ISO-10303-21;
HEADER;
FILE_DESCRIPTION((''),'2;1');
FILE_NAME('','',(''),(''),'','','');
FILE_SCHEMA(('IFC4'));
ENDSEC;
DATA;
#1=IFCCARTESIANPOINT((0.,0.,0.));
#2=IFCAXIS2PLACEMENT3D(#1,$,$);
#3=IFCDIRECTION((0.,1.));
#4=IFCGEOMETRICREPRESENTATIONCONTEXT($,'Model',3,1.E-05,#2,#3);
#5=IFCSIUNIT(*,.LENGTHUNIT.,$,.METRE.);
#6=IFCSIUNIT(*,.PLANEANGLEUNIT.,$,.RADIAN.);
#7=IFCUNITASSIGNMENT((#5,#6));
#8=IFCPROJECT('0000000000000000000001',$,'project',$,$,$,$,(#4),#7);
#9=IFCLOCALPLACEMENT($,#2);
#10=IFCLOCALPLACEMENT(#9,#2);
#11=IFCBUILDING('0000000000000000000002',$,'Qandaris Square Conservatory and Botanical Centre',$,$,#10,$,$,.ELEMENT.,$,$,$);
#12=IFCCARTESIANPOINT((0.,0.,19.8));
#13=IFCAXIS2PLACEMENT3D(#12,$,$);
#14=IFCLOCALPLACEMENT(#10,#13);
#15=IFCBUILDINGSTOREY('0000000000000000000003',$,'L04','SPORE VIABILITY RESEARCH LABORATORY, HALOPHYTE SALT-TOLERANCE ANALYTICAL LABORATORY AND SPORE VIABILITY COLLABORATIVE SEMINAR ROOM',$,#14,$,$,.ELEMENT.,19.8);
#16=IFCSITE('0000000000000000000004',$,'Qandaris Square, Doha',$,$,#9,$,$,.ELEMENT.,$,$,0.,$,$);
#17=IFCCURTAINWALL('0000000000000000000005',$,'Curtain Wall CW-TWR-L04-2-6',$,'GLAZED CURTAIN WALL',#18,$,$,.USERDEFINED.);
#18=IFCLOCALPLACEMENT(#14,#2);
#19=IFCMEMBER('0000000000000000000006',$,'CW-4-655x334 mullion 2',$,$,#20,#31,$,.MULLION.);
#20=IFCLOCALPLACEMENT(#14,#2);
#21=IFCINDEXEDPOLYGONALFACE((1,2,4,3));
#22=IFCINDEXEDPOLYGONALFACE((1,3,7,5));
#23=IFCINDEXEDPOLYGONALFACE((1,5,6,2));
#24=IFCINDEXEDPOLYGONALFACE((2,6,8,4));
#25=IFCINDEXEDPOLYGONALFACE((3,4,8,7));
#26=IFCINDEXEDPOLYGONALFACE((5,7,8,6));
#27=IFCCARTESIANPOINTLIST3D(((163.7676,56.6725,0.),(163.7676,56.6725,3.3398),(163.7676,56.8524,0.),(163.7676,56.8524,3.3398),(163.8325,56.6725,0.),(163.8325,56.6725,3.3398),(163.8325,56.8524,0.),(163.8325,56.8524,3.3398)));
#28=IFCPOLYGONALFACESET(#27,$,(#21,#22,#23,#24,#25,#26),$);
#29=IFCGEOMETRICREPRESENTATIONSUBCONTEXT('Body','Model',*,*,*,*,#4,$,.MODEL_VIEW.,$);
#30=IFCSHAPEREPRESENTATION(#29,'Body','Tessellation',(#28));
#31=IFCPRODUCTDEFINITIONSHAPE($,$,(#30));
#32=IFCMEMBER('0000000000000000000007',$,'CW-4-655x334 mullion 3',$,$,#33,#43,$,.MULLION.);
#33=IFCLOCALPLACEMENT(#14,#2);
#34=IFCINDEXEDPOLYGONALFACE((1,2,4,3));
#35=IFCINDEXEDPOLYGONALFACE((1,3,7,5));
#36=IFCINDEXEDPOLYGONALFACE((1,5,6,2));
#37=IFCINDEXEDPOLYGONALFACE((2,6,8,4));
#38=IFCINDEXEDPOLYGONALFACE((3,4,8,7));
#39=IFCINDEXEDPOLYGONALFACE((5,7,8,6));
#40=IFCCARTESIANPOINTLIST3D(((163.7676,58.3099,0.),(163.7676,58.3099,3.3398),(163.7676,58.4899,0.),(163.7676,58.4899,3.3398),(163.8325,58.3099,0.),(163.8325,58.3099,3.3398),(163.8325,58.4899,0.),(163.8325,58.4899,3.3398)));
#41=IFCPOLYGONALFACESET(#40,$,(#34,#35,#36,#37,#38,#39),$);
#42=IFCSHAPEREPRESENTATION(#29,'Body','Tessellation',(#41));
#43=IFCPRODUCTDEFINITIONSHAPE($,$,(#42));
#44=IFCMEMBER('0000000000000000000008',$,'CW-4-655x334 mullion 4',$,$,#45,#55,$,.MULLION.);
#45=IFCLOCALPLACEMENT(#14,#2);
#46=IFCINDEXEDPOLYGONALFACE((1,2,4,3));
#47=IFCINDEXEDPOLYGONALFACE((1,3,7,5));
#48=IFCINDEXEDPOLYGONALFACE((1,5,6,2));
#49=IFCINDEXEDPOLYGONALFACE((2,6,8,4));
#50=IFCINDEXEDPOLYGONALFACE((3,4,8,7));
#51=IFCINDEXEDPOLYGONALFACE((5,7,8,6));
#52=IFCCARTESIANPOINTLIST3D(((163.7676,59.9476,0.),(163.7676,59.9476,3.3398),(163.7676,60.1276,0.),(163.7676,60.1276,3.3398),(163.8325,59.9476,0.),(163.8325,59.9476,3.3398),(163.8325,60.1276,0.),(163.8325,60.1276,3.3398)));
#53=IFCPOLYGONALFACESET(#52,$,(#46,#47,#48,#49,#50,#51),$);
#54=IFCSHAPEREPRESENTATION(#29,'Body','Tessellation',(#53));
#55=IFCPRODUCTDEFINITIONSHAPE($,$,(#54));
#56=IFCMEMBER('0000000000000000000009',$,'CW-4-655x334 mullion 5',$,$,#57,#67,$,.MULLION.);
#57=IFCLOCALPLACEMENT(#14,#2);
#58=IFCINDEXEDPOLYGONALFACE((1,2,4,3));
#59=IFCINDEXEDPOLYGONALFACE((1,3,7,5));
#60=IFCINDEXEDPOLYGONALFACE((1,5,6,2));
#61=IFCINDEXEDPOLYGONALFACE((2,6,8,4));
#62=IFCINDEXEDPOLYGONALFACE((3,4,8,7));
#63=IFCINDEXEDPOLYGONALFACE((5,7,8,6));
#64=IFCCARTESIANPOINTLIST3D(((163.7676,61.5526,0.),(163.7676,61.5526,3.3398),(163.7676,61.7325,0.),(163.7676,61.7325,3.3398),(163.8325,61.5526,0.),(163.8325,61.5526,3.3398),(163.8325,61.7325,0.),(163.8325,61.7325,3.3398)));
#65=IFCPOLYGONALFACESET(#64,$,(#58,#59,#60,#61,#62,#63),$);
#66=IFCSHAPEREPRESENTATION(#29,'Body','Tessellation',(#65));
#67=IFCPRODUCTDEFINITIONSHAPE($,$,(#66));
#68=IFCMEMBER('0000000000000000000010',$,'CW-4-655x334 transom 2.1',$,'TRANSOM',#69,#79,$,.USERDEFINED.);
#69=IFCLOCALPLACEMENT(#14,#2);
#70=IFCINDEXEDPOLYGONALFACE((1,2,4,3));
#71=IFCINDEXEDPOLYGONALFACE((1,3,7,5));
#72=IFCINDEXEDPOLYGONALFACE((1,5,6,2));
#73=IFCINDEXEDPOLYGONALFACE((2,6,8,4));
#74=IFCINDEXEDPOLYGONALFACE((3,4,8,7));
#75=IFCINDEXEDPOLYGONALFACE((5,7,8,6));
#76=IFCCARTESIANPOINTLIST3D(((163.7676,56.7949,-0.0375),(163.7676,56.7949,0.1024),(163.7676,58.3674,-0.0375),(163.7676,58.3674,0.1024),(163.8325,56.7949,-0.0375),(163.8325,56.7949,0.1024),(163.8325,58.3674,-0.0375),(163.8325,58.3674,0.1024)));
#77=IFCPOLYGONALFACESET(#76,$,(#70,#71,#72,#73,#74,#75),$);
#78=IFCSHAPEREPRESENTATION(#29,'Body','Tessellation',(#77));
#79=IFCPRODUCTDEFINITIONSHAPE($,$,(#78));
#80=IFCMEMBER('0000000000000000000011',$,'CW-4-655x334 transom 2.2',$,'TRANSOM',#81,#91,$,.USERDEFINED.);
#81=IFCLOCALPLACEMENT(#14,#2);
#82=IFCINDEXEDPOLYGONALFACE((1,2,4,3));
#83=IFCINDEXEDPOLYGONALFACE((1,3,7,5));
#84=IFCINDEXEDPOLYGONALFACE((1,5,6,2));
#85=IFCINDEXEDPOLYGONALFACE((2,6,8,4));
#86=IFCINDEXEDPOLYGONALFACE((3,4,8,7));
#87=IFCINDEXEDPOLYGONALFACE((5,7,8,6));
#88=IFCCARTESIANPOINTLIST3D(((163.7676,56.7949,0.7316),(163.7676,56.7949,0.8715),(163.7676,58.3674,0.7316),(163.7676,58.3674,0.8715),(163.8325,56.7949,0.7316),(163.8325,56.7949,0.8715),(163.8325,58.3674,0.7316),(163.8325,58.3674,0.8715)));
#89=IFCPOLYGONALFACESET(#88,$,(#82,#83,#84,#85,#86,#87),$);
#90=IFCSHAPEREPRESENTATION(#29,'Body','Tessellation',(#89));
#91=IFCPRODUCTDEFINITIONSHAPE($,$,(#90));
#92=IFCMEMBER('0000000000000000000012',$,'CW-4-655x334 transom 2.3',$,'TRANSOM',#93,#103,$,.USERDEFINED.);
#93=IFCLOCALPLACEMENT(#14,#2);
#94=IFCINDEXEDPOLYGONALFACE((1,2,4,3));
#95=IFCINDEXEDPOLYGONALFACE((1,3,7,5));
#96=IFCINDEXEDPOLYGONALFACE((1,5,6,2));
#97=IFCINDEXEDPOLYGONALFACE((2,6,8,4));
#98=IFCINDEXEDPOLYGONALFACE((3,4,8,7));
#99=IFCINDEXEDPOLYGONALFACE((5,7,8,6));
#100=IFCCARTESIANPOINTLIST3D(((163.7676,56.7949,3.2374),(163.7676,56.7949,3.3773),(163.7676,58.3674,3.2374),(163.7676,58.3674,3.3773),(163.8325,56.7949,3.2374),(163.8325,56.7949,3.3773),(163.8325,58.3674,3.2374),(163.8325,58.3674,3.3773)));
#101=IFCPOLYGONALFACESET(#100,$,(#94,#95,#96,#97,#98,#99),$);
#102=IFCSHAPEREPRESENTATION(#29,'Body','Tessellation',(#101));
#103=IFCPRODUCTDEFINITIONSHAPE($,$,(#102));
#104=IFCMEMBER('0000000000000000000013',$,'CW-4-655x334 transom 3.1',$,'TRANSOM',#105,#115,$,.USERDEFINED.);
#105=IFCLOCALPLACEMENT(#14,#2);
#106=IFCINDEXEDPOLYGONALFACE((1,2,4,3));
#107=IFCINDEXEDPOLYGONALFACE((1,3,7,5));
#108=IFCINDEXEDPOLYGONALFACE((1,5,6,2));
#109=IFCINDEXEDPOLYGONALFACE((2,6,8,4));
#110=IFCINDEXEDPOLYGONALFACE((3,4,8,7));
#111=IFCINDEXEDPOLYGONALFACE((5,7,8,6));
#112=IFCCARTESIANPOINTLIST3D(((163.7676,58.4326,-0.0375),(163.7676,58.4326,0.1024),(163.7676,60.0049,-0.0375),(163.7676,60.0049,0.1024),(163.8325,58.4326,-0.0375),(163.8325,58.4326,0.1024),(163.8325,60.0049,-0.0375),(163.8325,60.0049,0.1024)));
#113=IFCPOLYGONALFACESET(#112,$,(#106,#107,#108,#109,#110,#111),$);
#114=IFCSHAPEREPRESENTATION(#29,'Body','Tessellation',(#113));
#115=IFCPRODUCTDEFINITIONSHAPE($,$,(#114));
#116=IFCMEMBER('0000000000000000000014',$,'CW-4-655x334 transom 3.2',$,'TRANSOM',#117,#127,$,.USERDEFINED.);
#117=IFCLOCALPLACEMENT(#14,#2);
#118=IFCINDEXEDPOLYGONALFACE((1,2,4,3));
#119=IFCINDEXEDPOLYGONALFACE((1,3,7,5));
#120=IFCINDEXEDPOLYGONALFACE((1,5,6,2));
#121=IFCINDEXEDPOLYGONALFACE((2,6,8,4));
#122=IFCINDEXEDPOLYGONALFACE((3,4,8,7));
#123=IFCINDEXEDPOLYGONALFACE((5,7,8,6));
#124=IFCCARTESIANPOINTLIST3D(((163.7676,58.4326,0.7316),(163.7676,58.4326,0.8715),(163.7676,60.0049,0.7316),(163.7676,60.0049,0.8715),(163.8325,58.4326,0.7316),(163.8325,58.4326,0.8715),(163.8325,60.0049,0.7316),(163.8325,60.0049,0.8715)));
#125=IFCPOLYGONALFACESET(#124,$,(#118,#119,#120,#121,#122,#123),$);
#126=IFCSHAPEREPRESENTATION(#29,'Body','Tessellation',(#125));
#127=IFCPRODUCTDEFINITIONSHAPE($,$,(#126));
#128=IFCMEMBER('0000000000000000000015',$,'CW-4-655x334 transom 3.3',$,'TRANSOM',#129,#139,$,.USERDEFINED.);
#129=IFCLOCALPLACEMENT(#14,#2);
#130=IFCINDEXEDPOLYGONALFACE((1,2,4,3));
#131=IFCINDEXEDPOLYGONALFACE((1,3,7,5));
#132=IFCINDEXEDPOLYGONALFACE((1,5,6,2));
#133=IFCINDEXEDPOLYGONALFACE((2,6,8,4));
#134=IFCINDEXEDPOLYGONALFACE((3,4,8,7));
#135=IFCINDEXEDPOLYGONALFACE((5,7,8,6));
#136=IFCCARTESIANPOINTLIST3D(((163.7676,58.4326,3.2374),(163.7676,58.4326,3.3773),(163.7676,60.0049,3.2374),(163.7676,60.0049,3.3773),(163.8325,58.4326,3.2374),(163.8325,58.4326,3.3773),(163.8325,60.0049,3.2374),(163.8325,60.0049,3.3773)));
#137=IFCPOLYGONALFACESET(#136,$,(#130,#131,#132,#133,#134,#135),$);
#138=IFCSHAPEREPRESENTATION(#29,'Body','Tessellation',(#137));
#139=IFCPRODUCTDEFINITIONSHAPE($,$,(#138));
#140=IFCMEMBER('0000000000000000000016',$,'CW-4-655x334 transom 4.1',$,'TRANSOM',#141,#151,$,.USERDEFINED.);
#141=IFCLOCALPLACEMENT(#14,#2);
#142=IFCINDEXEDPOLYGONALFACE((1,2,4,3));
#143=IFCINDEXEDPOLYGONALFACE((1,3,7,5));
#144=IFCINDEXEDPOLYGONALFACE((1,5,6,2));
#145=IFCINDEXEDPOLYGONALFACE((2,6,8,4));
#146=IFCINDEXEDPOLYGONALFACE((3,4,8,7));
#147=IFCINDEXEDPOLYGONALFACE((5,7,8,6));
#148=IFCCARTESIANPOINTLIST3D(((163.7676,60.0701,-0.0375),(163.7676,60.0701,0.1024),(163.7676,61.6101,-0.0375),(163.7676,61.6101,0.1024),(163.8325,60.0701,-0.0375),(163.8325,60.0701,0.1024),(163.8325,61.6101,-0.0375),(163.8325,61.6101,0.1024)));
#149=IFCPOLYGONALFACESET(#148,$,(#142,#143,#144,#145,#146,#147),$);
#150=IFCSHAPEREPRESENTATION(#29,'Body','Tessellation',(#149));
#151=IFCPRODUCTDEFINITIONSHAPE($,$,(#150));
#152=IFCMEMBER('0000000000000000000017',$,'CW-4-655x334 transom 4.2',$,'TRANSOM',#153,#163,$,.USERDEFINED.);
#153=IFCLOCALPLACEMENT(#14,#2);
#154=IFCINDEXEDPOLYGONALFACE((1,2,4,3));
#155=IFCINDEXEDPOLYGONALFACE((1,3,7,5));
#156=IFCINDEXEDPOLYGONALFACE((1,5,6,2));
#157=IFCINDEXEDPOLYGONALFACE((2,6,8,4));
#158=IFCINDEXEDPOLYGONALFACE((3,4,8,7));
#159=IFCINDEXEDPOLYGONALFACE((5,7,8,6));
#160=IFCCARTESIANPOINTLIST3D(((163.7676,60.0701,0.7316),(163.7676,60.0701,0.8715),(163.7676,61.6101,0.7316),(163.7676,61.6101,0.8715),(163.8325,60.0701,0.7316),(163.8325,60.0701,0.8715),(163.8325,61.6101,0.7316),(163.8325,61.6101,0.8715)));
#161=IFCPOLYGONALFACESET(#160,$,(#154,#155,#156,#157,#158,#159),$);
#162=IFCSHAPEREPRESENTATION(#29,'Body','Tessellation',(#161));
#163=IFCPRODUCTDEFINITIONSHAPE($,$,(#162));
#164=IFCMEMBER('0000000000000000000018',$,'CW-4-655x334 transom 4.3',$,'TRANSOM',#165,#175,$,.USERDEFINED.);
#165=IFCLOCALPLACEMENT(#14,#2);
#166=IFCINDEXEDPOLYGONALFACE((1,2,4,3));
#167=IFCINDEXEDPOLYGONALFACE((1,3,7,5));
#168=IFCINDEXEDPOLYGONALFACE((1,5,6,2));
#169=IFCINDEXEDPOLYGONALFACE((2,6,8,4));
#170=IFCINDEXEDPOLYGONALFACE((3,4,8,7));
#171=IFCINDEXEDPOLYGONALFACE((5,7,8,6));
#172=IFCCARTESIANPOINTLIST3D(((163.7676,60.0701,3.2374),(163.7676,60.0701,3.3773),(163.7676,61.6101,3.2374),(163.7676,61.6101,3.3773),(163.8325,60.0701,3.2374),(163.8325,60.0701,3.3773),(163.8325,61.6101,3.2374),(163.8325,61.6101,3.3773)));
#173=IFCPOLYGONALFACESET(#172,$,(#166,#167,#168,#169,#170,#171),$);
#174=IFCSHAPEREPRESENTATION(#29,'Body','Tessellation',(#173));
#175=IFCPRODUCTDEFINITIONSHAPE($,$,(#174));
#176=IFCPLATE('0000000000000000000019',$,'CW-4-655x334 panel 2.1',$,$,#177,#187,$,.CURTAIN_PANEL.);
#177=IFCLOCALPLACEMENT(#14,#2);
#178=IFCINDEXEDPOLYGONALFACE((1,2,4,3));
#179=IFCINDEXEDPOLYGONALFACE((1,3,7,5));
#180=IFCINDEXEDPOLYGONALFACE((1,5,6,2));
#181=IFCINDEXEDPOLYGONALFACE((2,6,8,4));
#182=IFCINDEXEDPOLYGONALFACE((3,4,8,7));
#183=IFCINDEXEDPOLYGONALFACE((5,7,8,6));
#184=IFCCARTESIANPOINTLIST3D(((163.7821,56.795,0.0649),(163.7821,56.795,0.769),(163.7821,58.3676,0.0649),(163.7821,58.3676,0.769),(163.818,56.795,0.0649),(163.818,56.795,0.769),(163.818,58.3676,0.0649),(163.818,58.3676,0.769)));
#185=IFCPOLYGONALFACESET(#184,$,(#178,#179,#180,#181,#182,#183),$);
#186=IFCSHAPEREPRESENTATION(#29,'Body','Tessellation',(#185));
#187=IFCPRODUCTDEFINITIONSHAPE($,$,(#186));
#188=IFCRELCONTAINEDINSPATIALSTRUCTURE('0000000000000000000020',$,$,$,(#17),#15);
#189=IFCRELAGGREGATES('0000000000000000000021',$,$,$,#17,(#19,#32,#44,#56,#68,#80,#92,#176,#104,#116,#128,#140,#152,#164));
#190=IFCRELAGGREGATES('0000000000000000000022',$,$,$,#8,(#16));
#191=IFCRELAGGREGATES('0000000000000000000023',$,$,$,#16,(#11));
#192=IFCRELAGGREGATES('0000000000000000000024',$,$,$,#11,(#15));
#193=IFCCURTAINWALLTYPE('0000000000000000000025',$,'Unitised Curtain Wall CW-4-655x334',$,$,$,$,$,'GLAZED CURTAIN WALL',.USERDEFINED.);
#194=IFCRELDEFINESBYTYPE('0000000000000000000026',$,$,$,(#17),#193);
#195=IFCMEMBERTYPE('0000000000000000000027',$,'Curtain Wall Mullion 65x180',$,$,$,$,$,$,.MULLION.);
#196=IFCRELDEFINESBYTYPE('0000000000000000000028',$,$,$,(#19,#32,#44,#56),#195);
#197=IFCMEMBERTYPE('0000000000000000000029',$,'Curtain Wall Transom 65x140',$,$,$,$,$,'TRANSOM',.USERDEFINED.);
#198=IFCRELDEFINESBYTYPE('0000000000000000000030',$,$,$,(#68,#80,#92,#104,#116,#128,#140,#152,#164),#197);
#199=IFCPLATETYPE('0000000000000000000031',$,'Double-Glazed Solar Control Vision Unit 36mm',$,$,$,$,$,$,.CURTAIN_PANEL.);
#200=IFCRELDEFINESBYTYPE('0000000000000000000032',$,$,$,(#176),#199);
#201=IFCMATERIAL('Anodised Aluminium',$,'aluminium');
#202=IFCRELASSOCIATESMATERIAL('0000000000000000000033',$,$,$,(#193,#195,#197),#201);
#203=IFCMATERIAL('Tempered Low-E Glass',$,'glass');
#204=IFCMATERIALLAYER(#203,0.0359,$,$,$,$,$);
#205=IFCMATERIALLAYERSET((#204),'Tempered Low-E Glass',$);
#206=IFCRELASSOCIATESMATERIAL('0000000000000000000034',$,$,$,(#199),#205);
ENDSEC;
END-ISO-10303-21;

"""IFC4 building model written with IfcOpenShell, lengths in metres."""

from ifc_helpers import new_model, si_unit, direction, frame, origin, origin_2d, place, context, subcontext, project, spatial, rectangle, extrude, material, layer, layer_set, material_profile, profile_set, type_object, element, aggregate, save


model = new_model("IFC4")

# Units and contexts
model_context = context("Model", 3, precision=1e-05, world=origin(), true_north=direction((0.0, 1.0)))
body_context = subcontext(model_context, "Body", "Model", "MODEL_VIEW")
ifc_project = project(units=[si_unit("LENGTHUNIT", "METRE"), si_unit("PLANEANGLEUNIT", "RADIAN")], contexts=[model_context])

# Site, building, storey
site_placement = place(None, origin())
site = spatial("IfcSite", under=ifc_project, at=site_placement, Name="Qandaris Square, Doha", CompositionType="ELEMENT", RefElevation=0.0)
building_placement = place(site_placement, origin())
building = spatial("IfcBuilding", under=site, at=building_placement, Name="Qandaris Square Conservatory and Botanical Centre", CompositionType="ELEMENT")
storey_placement = place(building_placement, frame((0.0, 0.0, 19.8)))
storey = spatial("IfcBuildingStorey", under=building, at=storey_placement, Name="L04", Description="SPORE VIABILITY RESEARCH LABORATORY, HALOPHYTE SALT-TOLERANCE ANALYTICAL LABORATORY AND SPORE VIABILITY COLLABORATIVE SEMINAR ROOM", CompositionType="ELEMENT", Elevation=19.8)

# Curtain wall, members, plate
ifc_material_1 = material(Name="Anodised Aluminium", Category="aluminium")
curtain_wall_type = type_object("IfcCurtainWallType", Name="Unitised Curtain Wall CW-4-655x334", ElementType="GLAZED CURTAIN WALL", PredefinedType="USERDEFINED", material=ifc_material_1)
curtain_wall_placement = place(storey_placement, origin())
curtain_wall = element("IfcCurtainWall", 1, at=curtain_wall_placement, inside=storey, type_object=curtain_wall_type, Name="Curtain Wall CW-TWR-L04-2-6", ObjectType="GLAZED CURTAIN WALL", PredefinedType="USERDEFINED")
ifc_material_profile_1 = material_profile(ifc_material_1, rectangle(XDim=0.0649, YDim=0.1799, at=origin_2d()), Name="ALU-MUL 65x180")
ifc_profile_set_1 = profile_set([ifc_material_profile_1], Name="Anodised Aluminium")
member_type_1 = type_object("IfcMemberType", Name="Curtain Wall Mullion 65x180", PredefinedType="MULLION", material=ifc_profile_set_1)
member_1_placement = place(storey_placement, frame((163.8, 56.7625, 0.0), z_axis=(0.0, 0.0, 1.0), x_axis=(-1.0, 0.0, 0.0)))
member_1 = element("IfcMember", 2, at=member_1_placement, type_object=member_type_1, Name="CW-4-655x334 mullion 2", PredefinedType="MULLION", context=body_context, shape_type="SweptSolid", body=[
    extrude(rectangle(XDim=0.0649, YDim=0.1799, at=origin_2d()), origin(), (0.0, 0.0, 1.0), 3.3398),
])
member_2_placement = place(storey_placement, frame((163.8, 58.3999, 0.0), z_axis=(0.0, 0.0, 1.0), x_axis=(-1.0, 0.0, 0.0)))
member_2 = element("IfcMember", 3, at=member_2_placement, type_object=member_type_1, Name="CW-4-655x334 mullion 3", PredefinedType="MULLION", context=body_context, shape_type="SweptSolid", body=[
    extrude(rectangle(XDim=0.0649, YDim=0.1799, at=origin_2d()), origin(), (0.0, 0.0, 1.0), 3.3398),
])
member_3_placement = place(storey_placement, frame((163.8, 60.0376, 0.0), z_axis=(0.0, 0.0, 1.0), x_axis=(-1.0, 0.0, 0.0)))
member_3 = element("IfcMember", 4, at=member_3_placement, type_object=member_type_1, Name="CW-4-655x334 mullion 4", PredefinedType="MULLION", context=body_context, shape_type="SweptSolid", body=[
    extrude(rectangle(XDim=0.0649, YDim=0.1799, at=origin_2d()), origin(), (0.0, 0.0, 1.0), 3.3398),
])
member_4_placement = place(storey_placement, frame((163.8, 61.6426, 0.0), z_axis=(0.0, 0.0, 1.0), x_axis=(-1.0, 0.0, 0.0)))
member_4 = element("IfcMember", 5, at=member_4_placement, type_object=member_type_1, Name="CW-4-655x334 mullion 5", PredefinedType="MULLION", context=body_context, shape_type="SweptSolid", body=[
    extrude(rectangle(XDim=0.0649, YDim=0.1799, at=origin_2d()), origin(), (0.0, 0.0, 1.0), 3.3398),
])
ifc_material_profile_2 = material_profile(ifc_material_1, rectangle(XDim=0.0649, YDim=0.1399, at=origin_2d()), Name="ALU-TRN 65x140")
ifc_profile_set_2 = profile_set([ifc_material_profile_2], Name="Anodised Aluminium")
member_type_2 = type_object("IfcMemberType", Name="Curtain Wall Transom 65x140", ElementType="TRANSOM", PredefinedType="USERDEFINED", material=ifc_profile_set_2)
member_5_placement = place(storey_placement, frame((163.8, 56.7949, 0.0325), z_axis=(0.0, 1.0, 0.0), x_axis=(-1.0, 0.0, 0.0)))
member_5 = element("IfcMember", 6, at=member_5_placement, type_object=member_type_2, Name="CW-4-655x334 transom 2.1", ObjectType="TRANSOM", PredefinedType="USERDEFINED", context=body_context, shape_type="SweptSolid", body=[
    extrude(rectangle(XDim=0.0649, YDim=0.1399, at=origin_2d()), origin(), (0.0, 0.0, 1.0), 1.5725),
])
member_6_placement = place(storey_placement, frame((163.8, 56.7949, 0.8015), z_axis=(0.0, 1.0, 0.0), x_axis=(-1.0, 0.0, 0.0)))
member_6 = element("IfcMember", 7, at=member_6_placement, type_object=member_type_2, Name="CW-4-655x334 transom 2.2", ObjectType="TRANSOM", PredefinedType="USERDEFINED", context=body_context, shape_type="SweptSolid", body=[
    extrude(rectangle(XDim=0.0649, YDim=0.1399, at=origin_2d()), origin(), (0.0, 0.0, 1.0), 1.5725),
])
member_7_placement = place(storey_placement, frame((163.8, 56.7949, 3.3074), z_axis=(0.0, 1.0, 0.0), x_axis=(-1.0, 0.0, 0.0)))
member_7 = element("IfcMember", 8, at=member_7_placement, type_object=member_type_2, Name="CW-4-655x334 transom 2.3", ObjectType="TRANSOM", PredefinedType="USERDEFINED", context=body_context, shape_type="SweptSolid", body=[
    extrude(rectangle(XDim=0.0649, YDim=0.1399, at=origin_2d()), origin(), (0.0, 0.0, 1.0), 1.5725),
])
member_8_placement = place(storey_placement, frame((163.8, 58.4326, 0.0325), z_axis=(0.0, 1.0, 0.0), x_axis=(-1.0, 0.0, 0.0)))
member_8 = element("IfcMember", 9, at=member_8_placement, type_object=member_type_2, Name="CW-4-655x334 transom 3.1", ObjectType="TRANSOM", PredefinedType="USERDEFINED", context=body_context, shape_type="SweptSolid", body=[
    extrude(rectangle(XDim=0.0649, YDim=0.1399, at=origin_2d()), origin(), (0.0, 0.0, 1.0), 1.5723),
])
member_9_placement = place(storey_placement, frame((163.8, 58.4326, 0.8015), z_axis=(0.0, 1.0, 0.0), x_axis=(-1.0, 0.0, 0.0)))
member_9 = element("IfcMember", 10, at=member_9_placement, type_object=member_type_2, Name="CW-4-655x334 transom 3.2", ObjectType="TRANSOM", PredefinedType="USERDEFINED", context=body_context, shape_type="SweptSolid", body=[
    extrude(rectangle(XDim=0.0649, YDim=0.1399, at=origin_2d()), origin(), (0.0, 0.0, 1.0), 1.5723),
])
member_10_placement = place(storey_placement, frame((163.8, 58.4326, 3.3074), z_axis=(0.0, 1.0, 0.0), x_axis=(-1.0, 0.0, 0.0)))
member_10 = element("IfcMember", 11, at=member_10_placement, type_object=member_type_2, Name="CW-4-655x334 transom 3.3", ObjectType="TRANSOM", PredefinedType="USERDEFINED", context=body_context, shape_type="SweptSolid", body=[
    extrude(rectangle(XDim=0.0649, YDim=0.1399, at=origin_2d()), origin(), (0.0, 0.0, 1.0), 1.5723),
])
member_11_placement = place(storey_placement, frame((163.8, 60.0701, 0.0325), z_axis=(0.0, 1.0, 0.0), x_axis=(-1.0, 0.0, 0.0)))
member_11 = element("IfcMember", 12, at=member_11_placement, type_object=member_type_2, Name="CW-4-655x334 transom 4.1", ObjectType="TRANSOM", PredefinedType="USERDEFINED", context=body_context, shape_type="SweptSolid", body=[
    extrude(rectangle(XDim=0.0649, YDim=0.1399, at=origin_2d()), origin(), (0.0, 0.0, 1.0), 1.54),
])
member_12_placement = place(storey_placement, frame((163.8, 60.0701, 0.8015), z_axis=(0.0, 1.0, 0.0), x_axis=(-1.0, 0.0, 0.0)))
member_12 = element("IfcMember", 13, at=member_12_placement, type_object=member_type_2, Name="CW-4-655x334 transom 4.2", ObjectType="TRANSOM", PredefinedType="USERDEFINED", context=body_context, shape_type="SweptSolid", body=[
    extrude(rectangle(XDim=0.0649, YDim=0.1399, at=origin_2d()), origin(), (0.0, 0.0, 1.0), 1.54),
])
member_13_placement = place(storey_placement, frame((163.8, 60.0701, 3.3074), z_axis=(0.0, 1.0, 0.0), x_axis=(-1.0, 0.0, 0.0)))
member_13 = element("IfcMember", 14, at=member_13_placement, type_object=member_type_2, Name="CW-4-655x334 transom 4.3", ObjectType="TRANSOM", PredefinedType="USERDEFINED", context=body_context, shape_type="SweptSolid", body=[
    extrude(rectangle(XDim=0.0649, YDim=0.1399, at=origin_2d()), origin(), (0.0, 0.0, 1.0), 1.54),
])
ifc_material_2 = material(Name="Tempered Low-E Glass", Category="glass")
ifc_layer_1 = layer(ifc_material_2, 0.0359)
ifc_layer_set_1 = layer_set([ifc_layer_1], Name="Tempered Low-E Glass")
plate_type_1 = type_object("IfcPlateType", Name="Double-Glazed Solar Control Vision Unit 36mm", PredefinedType="CURTAIN_PANEL", material=ifc_layer_set_1)
plate_1_placement = place(storey_placement, frame((163.8, 57.5813, 0.0649), z_axis=(0.0, 0.0, 1.0), x_axis=(0.0, 1.0, 0.0)))
plate_1 = element("IfcPlate", 15, at=plate_1_placement, type_object=plate_type_1, Name="CW-4-655x334 panel 2.1", PredefinedType="CURTAIN_PANEL", context=body_context, shape_type="SweptSolid", body=[
    extrude(rectangle(XDim=1.5725, YDim=0.0359, at=origin_2d()), origin(), (0.0, 0.0, 1.0), 0.7041),
])
aggregate(curtain_wall, [member_1, member_2, member_3, member_4, member_5, member_6, member_7, plate_1, member_8, member_9, member_10, member_11, member_12, member_13])

save(model, "model.ifc")
